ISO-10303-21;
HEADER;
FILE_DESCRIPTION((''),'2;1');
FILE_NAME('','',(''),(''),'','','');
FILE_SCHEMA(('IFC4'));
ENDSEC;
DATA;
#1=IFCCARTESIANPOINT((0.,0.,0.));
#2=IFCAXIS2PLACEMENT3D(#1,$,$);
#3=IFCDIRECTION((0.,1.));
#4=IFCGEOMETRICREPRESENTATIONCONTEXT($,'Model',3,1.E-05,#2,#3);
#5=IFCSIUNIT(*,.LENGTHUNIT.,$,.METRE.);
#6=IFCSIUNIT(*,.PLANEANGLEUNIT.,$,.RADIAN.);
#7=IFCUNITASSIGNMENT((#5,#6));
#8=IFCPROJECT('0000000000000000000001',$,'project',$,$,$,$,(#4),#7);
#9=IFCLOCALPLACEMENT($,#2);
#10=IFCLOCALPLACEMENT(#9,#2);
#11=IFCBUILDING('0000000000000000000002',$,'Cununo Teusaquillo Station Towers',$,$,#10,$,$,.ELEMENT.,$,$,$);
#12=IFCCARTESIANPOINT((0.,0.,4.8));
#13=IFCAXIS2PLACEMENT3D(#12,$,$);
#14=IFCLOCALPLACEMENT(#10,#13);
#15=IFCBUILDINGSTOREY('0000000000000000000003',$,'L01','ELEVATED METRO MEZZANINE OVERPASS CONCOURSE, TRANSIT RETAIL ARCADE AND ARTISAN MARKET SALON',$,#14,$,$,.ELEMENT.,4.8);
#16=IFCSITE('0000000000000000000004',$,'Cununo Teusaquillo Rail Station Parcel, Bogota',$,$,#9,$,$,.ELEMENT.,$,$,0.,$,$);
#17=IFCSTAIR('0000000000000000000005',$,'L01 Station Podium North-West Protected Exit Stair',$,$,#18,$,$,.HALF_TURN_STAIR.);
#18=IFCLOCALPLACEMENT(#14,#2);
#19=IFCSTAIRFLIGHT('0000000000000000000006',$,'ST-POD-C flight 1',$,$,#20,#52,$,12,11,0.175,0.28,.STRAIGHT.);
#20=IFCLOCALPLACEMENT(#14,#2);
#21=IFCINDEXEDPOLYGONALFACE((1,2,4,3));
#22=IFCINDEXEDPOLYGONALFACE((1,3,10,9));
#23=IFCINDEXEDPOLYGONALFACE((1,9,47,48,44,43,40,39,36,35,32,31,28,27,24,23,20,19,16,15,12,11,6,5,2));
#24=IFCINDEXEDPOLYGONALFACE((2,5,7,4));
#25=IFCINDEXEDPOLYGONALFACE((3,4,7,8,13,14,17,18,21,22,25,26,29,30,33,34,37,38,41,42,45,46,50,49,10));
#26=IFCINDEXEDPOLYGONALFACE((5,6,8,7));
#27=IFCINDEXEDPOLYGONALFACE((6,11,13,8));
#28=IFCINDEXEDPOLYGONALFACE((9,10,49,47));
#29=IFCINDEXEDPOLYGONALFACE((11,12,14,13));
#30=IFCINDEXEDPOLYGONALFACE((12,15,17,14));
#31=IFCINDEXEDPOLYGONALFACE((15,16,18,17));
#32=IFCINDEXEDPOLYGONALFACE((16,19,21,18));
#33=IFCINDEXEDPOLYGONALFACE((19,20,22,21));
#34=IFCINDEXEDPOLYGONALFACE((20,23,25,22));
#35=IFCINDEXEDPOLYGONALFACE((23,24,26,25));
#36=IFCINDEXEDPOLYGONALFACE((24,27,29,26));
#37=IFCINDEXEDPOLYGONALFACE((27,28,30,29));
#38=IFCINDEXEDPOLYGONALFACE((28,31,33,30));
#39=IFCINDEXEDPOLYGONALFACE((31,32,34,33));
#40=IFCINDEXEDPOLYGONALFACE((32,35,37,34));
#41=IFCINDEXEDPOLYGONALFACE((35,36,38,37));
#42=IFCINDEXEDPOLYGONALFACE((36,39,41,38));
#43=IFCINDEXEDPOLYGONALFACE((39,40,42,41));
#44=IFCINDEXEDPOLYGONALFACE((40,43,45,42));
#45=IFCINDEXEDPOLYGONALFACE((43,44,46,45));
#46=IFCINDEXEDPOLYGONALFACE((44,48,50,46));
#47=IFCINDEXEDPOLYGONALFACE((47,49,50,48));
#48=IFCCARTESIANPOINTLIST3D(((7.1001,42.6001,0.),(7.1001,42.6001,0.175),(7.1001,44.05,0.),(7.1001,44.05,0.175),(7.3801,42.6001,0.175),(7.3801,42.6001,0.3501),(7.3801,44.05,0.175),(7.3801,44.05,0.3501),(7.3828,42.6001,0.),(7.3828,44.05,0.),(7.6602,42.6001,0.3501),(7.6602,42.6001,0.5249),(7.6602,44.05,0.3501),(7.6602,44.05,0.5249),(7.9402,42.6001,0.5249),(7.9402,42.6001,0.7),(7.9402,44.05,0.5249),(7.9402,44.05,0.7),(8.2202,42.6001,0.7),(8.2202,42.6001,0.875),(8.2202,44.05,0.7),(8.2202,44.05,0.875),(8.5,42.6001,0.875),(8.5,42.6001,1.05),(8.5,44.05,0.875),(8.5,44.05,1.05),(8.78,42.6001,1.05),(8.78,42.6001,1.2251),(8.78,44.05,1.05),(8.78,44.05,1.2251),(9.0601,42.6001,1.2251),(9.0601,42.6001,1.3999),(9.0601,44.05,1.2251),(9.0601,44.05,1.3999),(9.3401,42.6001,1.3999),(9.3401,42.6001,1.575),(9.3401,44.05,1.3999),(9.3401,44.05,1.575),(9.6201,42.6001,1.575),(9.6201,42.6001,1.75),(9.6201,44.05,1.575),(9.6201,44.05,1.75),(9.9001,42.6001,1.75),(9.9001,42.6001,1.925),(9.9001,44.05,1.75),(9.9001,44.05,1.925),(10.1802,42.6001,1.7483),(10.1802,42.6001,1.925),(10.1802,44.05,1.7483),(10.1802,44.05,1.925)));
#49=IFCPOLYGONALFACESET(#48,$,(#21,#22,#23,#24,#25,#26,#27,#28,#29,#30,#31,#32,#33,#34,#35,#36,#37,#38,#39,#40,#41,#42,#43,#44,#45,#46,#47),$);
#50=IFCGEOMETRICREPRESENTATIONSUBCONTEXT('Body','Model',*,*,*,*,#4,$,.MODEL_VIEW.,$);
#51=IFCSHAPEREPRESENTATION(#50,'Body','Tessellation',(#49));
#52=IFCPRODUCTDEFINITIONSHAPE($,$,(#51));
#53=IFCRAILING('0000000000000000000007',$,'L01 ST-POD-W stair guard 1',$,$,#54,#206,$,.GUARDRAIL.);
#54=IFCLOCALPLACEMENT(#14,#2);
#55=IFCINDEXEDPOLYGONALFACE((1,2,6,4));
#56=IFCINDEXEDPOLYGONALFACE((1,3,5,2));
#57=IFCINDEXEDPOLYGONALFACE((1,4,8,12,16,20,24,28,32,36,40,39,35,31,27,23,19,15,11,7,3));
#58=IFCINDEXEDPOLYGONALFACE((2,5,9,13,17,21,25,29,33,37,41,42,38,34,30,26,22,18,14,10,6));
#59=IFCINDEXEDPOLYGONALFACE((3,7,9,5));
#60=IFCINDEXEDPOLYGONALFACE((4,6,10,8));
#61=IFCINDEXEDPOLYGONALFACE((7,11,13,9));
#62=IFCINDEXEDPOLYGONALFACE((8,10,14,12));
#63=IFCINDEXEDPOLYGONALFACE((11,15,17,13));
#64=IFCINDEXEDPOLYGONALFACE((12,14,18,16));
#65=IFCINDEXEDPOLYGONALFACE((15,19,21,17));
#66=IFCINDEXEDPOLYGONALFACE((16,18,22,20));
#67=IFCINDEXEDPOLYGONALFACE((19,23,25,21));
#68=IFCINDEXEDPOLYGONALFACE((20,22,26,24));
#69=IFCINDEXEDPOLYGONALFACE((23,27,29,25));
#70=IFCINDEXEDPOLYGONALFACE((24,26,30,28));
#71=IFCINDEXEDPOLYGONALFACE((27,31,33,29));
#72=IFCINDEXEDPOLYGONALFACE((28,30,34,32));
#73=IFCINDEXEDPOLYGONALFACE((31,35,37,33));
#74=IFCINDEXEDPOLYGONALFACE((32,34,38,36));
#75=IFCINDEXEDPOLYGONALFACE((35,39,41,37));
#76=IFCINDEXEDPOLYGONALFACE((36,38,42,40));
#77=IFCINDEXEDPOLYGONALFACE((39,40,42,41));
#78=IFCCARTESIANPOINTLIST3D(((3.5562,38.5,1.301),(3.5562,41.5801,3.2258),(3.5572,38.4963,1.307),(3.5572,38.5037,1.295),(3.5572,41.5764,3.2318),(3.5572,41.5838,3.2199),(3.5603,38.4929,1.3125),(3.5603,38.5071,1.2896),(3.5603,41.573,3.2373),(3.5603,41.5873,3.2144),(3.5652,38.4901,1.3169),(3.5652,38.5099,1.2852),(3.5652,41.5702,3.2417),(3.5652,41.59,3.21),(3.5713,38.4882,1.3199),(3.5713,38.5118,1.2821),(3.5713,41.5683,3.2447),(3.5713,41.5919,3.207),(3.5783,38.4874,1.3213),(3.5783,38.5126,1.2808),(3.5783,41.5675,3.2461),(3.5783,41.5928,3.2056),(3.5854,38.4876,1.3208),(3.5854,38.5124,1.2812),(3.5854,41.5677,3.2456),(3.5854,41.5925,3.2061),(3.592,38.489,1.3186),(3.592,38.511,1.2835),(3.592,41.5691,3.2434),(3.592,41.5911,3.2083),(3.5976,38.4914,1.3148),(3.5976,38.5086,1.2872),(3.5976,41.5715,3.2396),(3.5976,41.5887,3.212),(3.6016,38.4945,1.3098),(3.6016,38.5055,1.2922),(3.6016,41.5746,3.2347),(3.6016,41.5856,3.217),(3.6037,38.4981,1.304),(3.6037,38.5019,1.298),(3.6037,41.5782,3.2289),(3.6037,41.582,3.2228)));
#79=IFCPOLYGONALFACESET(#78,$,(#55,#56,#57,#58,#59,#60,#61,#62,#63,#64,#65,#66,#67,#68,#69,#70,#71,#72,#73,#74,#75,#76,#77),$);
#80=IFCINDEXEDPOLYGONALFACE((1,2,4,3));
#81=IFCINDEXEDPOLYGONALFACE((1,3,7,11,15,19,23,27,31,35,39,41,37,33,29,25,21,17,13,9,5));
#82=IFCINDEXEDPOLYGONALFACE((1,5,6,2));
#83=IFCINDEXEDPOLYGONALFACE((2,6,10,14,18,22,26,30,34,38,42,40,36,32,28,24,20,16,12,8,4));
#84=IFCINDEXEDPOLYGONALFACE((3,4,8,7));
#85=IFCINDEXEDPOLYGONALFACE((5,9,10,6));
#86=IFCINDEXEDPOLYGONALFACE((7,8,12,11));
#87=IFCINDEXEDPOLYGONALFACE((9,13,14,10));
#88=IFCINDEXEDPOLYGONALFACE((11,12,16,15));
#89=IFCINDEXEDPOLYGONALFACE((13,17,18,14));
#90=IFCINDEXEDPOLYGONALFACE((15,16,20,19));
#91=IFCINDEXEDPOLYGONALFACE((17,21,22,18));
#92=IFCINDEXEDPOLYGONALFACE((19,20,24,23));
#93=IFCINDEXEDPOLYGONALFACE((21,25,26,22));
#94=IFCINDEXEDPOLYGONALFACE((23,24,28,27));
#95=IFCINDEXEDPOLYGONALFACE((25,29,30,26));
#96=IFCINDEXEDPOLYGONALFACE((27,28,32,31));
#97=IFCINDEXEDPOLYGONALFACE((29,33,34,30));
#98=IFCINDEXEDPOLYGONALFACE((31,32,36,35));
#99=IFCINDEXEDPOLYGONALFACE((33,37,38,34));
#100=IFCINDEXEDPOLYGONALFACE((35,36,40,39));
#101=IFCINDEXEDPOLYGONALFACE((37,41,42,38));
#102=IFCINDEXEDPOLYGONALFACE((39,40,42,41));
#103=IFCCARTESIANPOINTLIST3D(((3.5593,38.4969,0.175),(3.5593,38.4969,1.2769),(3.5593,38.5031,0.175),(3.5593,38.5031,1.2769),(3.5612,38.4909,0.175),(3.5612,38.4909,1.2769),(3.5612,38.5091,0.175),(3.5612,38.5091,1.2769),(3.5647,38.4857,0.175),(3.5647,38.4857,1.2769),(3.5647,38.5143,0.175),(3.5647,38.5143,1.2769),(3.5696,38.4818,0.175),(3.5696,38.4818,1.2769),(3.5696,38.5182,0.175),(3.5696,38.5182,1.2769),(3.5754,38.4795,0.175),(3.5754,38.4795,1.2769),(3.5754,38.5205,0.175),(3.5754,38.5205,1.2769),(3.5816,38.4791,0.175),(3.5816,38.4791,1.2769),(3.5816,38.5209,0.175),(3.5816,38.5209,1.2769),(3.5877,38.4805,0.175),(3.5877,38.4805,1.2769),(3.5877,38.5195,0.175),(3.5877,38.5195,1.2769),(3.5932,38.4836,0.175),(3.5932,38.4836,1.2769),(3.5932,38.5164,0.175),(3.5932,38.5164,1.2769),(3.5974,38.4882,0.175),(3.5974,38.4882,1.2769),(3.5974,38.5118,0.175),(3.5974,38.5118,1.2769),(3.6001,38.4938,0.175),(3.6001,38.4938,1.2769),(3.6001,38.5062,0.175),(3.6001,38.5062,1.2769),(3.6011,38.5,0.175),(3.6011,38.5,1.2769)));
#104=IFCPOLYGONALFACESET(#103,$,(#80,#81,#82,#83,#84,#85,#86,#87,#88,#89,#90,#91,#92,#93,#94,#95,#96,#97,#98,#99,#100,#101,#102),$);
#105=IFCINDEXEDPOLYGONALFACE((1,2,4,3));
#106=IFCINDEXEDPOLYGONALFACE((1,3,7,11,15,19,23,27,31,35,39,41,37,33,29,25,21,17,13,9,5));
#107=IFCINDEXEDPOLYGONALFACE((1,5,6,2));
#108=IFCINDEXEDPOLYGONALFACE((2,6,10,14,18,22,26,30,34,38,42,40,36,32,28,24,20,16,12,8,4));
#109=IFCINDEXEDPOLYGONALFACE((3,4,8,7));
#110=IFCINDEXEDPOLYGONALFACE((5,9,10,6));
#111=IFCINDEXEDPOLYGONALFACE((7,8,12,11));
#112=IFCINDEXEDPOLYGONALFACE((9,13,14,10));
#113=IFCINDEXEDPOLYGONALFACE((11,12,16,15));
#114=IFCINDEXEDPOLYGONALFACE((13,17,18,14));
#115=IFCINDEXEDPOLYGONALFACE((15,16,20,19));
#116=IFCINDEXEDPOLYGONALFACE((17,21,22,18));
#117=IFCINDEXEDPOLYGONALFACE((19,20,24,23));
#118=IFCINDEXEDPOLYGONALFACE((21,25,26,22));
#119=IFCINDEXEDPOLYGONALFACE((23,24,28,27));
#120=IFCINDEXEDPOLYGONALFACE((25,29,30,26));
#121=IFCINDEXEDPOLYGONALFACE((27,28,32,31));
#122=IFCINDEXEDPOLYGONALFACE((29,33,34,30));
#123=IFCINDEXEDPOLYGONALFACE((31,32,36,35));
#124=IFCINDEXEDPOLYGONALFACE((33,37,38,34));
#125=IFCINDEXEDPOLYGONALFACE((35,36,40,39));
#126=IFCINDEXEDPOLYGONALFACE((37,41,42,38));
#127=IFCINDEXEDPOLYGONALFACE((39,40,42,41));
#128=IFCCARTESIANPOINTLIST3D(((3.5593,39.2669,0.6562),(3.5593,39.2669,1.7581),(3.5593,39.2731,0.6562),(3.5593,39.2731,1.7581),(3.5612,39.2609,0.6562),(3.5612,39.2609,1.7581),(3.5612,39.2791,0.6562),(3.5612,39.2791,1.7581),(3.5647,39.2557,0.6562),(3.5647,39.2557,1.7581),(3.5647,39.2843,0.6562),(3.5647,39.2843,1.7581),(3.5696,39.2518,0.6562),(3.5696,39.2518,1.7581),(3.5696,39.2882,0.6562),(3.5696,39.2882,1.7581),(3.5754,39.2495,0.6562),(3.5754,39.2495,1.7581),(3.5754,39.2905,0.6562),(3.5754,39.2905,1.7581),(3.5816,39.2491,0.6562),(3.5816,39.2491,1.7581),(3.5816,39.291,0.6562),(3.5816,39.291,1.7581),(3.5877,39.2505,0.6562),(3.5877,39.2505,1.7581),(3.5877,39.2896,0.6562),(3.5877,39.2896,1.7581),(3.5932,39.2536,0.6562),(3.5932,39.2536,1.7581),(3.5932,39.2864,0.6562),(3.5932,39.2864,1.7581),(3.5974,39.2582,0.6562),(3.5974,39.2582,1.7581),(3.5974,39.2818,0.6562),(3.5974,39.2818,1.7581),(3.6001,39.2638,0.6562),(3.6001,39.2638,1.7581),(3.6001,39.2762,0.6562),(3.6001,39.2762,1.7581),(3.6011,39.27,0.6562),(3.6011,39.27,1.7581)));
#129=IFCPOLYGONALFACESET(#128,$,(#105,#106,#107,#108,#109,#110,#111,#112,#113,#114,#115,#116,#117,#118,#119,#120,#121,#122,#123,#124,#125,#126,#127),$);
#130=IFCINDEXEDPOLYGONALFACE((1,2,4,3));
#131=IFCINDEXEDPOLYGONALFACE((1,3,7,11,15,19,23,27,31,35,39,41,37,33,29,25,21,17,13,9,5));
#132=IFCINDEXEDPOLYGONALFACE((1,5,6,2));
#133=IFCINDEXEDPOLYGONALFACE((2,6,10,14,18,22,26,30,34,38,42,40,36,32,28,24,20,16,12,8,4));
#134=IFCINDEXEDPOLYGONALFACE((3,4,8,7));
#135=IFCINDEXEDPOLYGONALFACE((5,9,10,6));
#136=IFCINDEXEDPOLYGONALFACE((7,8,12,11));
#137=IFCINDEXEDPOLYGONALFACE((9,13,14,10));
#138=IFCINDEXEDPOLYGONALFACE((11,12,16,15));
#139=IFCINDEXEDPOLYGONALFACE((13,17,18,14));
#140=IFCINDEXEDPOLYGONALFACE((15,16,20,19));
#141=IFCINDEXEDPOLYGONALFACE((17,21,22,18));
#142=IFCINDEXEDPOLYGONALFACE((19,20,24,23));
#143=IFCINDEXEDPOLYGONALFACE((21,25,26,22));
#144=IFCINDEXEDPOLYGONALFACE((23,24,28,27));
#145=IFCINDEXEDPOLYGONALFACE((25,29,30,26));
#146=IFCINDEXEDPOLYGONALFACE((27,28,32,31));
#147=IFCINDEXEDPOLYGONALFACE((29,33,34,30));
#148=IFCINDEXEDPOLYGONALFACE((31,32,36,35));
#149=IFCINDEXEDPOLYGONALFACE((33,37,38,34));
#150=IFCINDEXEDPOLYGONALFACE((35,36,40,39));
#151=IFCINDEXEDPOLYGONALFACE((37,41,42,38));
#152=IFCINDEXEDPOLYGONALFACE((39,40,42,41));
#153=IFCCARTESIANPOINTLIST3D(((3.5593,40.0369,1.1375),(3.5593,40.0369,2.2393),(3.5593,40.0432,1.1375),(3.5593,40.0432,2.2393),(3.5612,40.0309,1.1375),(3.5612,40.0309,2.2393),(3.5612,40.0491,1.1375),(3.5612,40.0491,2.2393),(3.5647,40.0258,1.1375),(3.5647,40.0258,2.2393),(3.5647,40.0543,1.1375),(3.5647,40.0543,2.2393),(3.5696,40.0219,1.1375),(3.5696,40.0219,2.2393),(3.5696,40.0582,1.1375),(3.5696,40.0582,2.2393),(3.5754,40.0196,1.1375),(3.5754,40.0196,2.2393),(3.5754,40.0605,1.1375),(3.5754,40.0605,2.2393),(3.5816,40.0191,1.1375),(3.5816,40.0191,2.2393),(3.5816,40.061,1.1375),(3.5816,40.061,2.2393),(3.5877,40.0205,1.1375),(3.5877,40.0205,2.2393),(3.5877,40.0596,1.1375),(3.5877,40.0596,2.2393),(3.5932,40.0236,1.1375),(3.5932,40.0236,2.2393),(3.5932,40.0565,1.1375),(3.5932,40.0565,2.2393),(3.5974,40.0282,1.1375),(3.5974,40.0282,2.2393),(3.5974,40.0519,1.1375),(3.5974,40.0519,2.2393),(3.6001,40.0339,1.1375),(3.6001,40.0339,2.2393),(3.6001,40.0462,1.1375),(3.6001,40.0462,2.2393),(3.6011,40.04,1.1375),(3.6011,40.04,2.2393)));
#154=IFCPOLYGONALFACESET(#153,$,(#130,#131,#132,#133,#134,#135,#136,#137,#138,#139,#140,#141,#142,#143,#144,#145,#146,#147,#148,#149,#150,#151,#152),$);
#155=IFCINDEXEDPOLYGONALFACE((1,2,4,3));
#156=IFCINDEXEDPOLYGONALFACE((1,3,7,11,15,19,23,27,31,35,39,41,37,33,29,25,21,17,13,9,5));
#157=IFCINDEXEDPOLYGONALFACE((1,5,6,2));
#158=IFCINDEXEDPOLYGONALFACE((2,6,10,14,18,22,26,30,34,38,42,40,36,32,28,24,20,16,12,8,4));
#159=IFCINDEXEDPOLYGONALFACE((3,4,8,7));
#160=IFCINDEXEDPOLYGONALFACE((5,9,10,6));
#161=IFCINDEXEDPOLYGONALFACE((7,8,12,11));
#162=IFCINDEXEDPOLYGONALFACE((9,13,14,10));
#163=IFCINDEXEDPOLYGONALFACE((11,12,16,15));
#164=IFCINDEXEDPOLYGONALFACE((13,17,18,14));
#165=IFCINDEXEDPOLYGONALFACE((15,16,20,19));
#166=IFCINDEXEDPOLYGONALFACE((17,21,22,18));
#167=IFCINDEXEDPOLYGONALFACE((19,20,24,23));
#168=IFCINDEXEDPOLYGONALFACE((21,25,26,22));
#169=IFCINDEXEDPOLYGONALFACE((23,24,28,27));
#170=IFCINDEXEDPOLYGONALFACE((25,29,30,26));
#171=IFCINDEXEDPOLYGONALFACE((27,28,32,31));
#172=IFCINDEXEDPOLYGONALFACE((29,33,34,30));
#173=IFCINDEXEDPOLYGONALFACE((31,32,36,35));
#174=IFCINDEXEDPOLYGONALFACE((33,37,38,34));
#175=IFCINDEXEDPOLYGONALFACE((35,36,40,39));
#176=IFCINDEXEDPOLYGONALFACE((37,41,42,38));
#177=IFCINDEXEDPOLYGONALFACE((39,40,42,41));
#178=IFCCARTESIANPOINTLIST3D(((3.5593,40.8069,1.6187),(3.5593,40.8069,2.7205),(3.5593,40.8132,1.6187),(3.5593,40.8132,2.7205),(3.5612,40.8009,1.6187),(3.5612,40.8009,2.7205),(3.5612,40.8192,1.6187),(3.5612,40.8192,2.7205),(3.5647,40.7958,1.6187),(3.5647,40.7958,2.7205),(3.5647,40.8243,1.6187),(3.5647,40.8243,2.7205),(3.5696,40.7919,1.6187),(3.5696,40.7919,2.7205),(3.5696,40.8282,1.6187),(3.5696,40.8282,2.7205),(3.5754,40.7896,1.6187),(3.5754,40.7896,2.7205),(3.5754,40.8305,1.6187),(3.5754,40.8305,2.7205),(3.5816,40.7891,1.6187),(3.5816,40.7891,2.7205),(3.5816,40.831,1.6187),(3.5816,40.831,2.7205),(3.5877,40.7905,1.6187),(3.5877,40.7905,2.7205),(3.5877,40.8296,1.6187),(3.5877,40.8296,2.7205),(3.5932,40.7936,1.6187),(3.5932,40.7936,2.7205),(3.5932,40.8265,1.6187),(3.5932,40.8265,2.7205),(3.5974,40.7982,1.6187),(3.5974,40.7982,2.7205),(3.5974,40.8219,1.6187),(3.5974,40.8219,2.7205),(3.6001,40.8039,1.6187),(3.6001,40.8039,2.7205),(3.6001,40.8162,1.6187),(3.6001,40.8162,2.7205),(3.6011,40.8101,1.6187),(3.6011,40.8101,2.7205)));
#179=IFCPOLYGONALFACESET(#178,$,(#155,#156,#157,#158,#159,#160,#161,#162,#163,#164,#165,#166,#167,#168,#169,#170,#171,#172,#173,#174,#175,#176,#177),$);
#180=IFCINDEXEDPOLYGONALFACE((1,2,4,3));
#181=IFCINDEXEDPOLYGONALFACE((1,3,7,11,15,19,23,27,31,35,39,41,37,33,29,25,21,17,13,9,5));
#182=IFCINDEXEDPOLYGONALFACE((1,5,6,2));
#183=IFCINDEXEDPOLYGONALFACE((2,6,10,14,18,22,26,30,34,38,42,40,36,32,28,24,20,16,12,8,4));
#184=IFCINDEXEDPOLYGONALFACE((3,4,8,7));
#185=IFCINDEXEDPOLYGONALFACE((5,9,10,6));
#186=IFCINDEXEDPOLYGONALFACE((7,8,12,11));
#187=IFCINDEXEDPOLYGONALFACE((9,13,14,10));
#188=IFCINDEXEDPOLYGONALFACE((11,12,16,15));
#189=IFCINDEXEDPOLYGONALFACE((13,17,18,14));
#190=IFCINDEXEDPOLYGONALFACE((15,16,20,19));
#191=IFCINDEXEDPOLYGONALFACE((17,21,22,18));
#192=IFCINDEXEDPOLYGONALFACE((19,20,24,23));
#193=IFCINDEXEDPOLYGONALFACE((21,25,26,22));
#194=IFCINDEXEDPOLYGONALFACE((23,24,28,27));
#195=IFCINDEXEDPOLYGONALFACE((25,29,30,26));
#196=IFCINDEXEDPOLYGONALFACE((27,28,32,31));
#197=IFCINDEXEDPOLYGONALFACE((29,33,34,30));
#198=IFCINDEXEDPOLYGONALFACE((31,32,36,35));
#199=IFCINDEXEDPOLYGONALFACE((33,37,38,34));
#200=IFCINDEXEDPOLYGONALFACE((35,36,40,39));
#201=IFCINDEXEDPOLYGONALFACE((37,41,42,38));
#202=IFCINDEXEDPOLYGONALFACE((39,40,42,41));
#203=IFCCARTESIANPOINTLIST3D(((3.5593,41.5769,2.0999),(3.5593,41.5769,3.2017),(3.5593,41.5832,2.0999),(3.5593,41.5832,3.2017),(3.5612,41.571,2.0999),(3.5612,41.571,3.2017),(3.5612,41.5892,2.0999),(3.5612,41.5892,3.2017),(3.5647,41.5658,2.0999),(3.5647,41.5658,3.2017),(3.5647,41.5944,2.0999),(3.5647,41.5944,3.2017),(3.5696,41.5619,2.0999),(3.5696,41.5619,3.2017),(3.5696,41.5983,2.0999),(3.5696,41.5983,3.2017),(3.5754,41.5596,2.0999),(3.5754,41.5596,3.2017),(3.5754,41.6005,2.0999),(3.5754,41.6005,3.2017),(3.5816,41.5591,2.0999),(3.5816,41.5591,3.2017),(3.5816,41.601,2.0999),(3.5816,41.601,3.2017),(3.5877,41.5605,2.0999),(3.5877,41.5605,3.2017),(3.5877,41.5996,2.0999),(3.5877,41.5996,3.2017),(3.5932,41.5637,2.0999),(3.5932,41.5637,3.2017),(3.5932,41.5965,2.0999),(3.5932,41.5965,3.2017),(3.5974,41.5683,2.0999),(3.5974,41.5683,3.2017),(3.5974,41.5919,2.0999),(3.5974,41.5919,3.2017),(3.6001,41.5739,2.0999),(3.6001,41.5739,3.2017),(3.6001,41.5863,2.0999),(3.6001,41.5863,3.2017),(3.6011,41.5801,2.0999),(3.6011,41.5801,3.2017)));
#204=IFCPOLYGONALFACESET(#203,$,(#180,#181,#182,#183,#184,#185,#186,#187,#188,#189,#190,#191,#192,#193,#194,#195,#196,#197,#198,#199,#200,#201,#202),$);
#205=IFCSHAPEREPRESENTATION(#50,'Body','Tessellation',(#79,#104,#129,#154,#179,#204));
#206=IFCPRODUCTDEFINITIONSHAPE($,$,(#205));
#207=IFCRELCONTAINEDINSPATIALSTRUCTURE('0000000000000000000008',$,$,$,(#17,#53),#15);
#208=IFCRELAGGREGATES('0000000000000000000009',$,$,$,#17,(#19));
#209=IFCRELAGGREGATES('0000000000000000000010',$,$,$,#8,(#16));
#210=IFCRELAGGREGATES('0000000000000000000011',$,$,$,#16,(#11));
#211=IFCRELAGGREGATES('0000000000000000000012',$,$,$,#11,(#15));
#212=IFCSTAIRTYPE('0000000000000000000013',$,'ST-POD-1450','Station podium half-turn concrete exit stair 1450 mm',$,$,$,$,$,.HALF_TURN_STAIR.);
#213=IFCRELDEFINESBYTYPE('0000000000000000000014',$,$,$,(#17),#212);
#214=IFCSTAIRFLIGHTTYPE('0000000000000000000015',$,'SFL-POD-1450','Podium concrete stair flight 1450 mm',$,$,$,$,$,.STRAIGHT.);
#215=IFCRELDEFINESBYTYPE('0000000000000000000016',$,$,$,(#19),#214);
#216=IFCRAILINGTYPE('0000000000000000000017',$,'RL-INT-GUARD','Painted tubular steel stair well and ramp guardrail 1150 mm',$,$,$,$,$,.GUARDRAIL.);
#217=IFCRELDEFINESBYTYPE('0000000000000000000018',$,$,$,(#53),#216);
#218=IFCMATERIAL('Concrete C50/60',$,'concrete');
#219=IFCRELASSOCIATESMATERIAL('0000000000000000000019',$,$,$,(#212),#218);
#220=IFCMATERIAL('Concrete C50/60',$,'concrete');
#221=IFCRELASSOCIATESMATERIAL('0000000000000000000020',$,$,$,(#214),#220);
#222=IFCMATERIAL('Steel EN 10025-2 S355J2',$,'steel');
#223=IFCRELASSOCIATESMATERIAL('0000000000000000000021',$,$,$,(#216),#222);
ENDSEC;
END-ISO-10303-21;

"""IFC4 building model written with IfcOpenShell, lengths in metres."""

from ifc_helpers import new_model, si_unit, direction, frame, origin, origin_2d, place, context, subcontext, project, spatial, polyline, circle, outline, extrude, material, type_object, element, aggregate, save


model = new_model("IFC4")

# Units and contexts
model_context = context("Model", 3, precision=1e-05, world=origin(), true_north=direction((0.0, 1.0)))
body_context = subcontext(model_context, "Body", "Model", "MODEL_VIEW")
ifc_project = project(units=[si_unit("LENGTHUNIT", "METRE"), si_unit("PLANEANGLEUNIT", "RADIAN")], contexts=[model_context])

# Site, building, storey
site_placement = place(None, origin())
site = spatial("IfcSite", under=ifc_project, at=site_placement, Name="Cununo Teusaquillo Rail Station Parcel, Bogota", CompositionType="ELEMENT", RefElevation=0.0)
building_placement = place(site_placement, origin())
building = spatial("IfcBuilding", under=site, at=building_placement, Name="Cununo Teusaquillo Station Towers", CompositionType="ELEMENT")
storey_placement = place(building_placement, frame((0.0, 0.0, 4.8)))
storey = spatial("IfcBuildingStorey", under=building, at=storey_placement, Name="L01", Description="ELEVATED METRO MEZZANINE OVERPASS CONCOURSE, TRANSIT RETAIL ARCADE AND ARTISAN MARKET SALON", CompositionType="ELEMENT", Elevation=4.8)

# Shared definitions
ifc_material_1 = material(Name="Concrete C50/60", Category="concrete")
stair_type = type_object("IfcStairType", Name="ST-POD-1450", Description="Station podium half-turn concrete exit stair 1450 mm", PredefinedType="HALF_TURN_STAIR", material=ifc_material_1)
ifc_material_2 = material(Name="Concrete C50/60", Category="concrete")
stair_flight_type = type_object("IfcStairFlightType", Name="SFL-POD-1450", Description="Podium concrete stair flight 1450 mm", PredefinedType="STRAIGHT", material=ifc_material_2)

# Stair, stair flight
stair_1_placement = place(storey_placement, origin())
stair_1 = element("IfcStair", 1, at=stair_1_placement, inside=storey, type_object=stair_type, Name="L01 Station Podium North-West Protected Exit Stair", PredefinedType="HALF_TURN_STAIR")
stair_flight_1_placement = place(storey_placement, frame((7.1001, 43.325, 0.0), z_axis=(0.0, 0.0, 1.0), x_axis=(1.0, 0.0, 0.0)))
stair_flight_1 = element("IfcStairFlight", 2, at=stair_flight_1_placement, type_object=stair_flight_type, Name="ST-POD-C flight 1", NumberOfRisers=12, NumberOfTreads=11, PredefinedType="STRAIGHT", RiserHeight=0.175, TreadLength=0.28, context=body_context, shape_type="SweptSolid", body=[
    extrude(outline(polyline([(0.0, 0.0), (0.0, 0.175), (0.28, 0.175), (0.28, 0.3501), (0.5601, 0.3501), (0.5601, 0.5249), (0.8401, 0.5249), (0.8401, 0.7), (1.1201, 0.7), (1.1201, 0.875), (1.3999, 0.875), (1.3999, 1.05), (1.6799, 1.05), (1.6799, 1.2251), (1.96, 1.2251), (1.96, 1.3999), (2.24, 1.3999), (2.24, 1.575), (2.52, 1.575), (2.52, 1.75), (2.8, 1.75), (2.8, 1.925), (3.0801, 1.925), (3.0801, 2.1001), (3.0801, 1.7483), (0.2827, 0.0), (0.0, 0.0)])), frame((0.0, 0.7251, 0.0), z_axis=(0.0, -1.0, 0.0), x_axis=(1.0, 0.0, 0.0)), (0.0, 0.0, 1.0), 1.45),
])
aggregate(stair_1, [stair_flight_1])

# Railing
ifc_material_3 = material(Name="Steel EN 10025-2 S355J2", Category="steel")
railing_type_1 = type_object("IfcRailingType", Name="RL-INT-GUARD", Description="Painted tubular steel stair well and ramp guardrail 1150 mm", PredefinedType="GUARDRAIL", material=ifc_material_3)
railing_1_placement = place(storey_placement, frame((3.5801, 38.5, 0.175)))
element("IfcRailing", 3, at=railing_1_placement, inside=storey, type_object=railing_type_1, Name="L01 ST-POD-W stair guard 1", PredefinedType="GUARDRAIL", context=body_context, shape_type="SweptSolid", body=[
    extrude(circle(Radius=0.0239, at=origin_2d()), frame((0.0, 0.0, 1.126), z_axis=(0.0, 0.848029, 0.529951), x_axis=(-1.0, 0.0, 0.0)), (0.0, 0.0, 1.0), 3.6321),
    extrude(circle(Radius=0.021, at=origin_2d()), origin(), (0.0, 0.0, 1.0), 1.1018),
    extrude(circle(Radius=0.021, at=origin_2d()), frame((0.0, 0.77, 0.4812)), (0.0, 0.0, 1.0), 1.1018),
    extrude(circle(Radius=0.021, at=origin_2d()), frame((0.0, 1.54, 0.9624)), (0.0, 0.0, 1.0), 1.1018),
    extrude(circle(Radius=0.021, at=origin_2d()), frame((0.0, 2.3101, 1.4436)), (0.0, 0.0, 1.0), 1.1018),
    extrude(circle(Radius=0.021, at=origin_2d()), frame((0.0, 3.0801, 1.9248)), (0.0, 0.0, 1.0), 1.1018),
])

save(model, "model.ifc")
